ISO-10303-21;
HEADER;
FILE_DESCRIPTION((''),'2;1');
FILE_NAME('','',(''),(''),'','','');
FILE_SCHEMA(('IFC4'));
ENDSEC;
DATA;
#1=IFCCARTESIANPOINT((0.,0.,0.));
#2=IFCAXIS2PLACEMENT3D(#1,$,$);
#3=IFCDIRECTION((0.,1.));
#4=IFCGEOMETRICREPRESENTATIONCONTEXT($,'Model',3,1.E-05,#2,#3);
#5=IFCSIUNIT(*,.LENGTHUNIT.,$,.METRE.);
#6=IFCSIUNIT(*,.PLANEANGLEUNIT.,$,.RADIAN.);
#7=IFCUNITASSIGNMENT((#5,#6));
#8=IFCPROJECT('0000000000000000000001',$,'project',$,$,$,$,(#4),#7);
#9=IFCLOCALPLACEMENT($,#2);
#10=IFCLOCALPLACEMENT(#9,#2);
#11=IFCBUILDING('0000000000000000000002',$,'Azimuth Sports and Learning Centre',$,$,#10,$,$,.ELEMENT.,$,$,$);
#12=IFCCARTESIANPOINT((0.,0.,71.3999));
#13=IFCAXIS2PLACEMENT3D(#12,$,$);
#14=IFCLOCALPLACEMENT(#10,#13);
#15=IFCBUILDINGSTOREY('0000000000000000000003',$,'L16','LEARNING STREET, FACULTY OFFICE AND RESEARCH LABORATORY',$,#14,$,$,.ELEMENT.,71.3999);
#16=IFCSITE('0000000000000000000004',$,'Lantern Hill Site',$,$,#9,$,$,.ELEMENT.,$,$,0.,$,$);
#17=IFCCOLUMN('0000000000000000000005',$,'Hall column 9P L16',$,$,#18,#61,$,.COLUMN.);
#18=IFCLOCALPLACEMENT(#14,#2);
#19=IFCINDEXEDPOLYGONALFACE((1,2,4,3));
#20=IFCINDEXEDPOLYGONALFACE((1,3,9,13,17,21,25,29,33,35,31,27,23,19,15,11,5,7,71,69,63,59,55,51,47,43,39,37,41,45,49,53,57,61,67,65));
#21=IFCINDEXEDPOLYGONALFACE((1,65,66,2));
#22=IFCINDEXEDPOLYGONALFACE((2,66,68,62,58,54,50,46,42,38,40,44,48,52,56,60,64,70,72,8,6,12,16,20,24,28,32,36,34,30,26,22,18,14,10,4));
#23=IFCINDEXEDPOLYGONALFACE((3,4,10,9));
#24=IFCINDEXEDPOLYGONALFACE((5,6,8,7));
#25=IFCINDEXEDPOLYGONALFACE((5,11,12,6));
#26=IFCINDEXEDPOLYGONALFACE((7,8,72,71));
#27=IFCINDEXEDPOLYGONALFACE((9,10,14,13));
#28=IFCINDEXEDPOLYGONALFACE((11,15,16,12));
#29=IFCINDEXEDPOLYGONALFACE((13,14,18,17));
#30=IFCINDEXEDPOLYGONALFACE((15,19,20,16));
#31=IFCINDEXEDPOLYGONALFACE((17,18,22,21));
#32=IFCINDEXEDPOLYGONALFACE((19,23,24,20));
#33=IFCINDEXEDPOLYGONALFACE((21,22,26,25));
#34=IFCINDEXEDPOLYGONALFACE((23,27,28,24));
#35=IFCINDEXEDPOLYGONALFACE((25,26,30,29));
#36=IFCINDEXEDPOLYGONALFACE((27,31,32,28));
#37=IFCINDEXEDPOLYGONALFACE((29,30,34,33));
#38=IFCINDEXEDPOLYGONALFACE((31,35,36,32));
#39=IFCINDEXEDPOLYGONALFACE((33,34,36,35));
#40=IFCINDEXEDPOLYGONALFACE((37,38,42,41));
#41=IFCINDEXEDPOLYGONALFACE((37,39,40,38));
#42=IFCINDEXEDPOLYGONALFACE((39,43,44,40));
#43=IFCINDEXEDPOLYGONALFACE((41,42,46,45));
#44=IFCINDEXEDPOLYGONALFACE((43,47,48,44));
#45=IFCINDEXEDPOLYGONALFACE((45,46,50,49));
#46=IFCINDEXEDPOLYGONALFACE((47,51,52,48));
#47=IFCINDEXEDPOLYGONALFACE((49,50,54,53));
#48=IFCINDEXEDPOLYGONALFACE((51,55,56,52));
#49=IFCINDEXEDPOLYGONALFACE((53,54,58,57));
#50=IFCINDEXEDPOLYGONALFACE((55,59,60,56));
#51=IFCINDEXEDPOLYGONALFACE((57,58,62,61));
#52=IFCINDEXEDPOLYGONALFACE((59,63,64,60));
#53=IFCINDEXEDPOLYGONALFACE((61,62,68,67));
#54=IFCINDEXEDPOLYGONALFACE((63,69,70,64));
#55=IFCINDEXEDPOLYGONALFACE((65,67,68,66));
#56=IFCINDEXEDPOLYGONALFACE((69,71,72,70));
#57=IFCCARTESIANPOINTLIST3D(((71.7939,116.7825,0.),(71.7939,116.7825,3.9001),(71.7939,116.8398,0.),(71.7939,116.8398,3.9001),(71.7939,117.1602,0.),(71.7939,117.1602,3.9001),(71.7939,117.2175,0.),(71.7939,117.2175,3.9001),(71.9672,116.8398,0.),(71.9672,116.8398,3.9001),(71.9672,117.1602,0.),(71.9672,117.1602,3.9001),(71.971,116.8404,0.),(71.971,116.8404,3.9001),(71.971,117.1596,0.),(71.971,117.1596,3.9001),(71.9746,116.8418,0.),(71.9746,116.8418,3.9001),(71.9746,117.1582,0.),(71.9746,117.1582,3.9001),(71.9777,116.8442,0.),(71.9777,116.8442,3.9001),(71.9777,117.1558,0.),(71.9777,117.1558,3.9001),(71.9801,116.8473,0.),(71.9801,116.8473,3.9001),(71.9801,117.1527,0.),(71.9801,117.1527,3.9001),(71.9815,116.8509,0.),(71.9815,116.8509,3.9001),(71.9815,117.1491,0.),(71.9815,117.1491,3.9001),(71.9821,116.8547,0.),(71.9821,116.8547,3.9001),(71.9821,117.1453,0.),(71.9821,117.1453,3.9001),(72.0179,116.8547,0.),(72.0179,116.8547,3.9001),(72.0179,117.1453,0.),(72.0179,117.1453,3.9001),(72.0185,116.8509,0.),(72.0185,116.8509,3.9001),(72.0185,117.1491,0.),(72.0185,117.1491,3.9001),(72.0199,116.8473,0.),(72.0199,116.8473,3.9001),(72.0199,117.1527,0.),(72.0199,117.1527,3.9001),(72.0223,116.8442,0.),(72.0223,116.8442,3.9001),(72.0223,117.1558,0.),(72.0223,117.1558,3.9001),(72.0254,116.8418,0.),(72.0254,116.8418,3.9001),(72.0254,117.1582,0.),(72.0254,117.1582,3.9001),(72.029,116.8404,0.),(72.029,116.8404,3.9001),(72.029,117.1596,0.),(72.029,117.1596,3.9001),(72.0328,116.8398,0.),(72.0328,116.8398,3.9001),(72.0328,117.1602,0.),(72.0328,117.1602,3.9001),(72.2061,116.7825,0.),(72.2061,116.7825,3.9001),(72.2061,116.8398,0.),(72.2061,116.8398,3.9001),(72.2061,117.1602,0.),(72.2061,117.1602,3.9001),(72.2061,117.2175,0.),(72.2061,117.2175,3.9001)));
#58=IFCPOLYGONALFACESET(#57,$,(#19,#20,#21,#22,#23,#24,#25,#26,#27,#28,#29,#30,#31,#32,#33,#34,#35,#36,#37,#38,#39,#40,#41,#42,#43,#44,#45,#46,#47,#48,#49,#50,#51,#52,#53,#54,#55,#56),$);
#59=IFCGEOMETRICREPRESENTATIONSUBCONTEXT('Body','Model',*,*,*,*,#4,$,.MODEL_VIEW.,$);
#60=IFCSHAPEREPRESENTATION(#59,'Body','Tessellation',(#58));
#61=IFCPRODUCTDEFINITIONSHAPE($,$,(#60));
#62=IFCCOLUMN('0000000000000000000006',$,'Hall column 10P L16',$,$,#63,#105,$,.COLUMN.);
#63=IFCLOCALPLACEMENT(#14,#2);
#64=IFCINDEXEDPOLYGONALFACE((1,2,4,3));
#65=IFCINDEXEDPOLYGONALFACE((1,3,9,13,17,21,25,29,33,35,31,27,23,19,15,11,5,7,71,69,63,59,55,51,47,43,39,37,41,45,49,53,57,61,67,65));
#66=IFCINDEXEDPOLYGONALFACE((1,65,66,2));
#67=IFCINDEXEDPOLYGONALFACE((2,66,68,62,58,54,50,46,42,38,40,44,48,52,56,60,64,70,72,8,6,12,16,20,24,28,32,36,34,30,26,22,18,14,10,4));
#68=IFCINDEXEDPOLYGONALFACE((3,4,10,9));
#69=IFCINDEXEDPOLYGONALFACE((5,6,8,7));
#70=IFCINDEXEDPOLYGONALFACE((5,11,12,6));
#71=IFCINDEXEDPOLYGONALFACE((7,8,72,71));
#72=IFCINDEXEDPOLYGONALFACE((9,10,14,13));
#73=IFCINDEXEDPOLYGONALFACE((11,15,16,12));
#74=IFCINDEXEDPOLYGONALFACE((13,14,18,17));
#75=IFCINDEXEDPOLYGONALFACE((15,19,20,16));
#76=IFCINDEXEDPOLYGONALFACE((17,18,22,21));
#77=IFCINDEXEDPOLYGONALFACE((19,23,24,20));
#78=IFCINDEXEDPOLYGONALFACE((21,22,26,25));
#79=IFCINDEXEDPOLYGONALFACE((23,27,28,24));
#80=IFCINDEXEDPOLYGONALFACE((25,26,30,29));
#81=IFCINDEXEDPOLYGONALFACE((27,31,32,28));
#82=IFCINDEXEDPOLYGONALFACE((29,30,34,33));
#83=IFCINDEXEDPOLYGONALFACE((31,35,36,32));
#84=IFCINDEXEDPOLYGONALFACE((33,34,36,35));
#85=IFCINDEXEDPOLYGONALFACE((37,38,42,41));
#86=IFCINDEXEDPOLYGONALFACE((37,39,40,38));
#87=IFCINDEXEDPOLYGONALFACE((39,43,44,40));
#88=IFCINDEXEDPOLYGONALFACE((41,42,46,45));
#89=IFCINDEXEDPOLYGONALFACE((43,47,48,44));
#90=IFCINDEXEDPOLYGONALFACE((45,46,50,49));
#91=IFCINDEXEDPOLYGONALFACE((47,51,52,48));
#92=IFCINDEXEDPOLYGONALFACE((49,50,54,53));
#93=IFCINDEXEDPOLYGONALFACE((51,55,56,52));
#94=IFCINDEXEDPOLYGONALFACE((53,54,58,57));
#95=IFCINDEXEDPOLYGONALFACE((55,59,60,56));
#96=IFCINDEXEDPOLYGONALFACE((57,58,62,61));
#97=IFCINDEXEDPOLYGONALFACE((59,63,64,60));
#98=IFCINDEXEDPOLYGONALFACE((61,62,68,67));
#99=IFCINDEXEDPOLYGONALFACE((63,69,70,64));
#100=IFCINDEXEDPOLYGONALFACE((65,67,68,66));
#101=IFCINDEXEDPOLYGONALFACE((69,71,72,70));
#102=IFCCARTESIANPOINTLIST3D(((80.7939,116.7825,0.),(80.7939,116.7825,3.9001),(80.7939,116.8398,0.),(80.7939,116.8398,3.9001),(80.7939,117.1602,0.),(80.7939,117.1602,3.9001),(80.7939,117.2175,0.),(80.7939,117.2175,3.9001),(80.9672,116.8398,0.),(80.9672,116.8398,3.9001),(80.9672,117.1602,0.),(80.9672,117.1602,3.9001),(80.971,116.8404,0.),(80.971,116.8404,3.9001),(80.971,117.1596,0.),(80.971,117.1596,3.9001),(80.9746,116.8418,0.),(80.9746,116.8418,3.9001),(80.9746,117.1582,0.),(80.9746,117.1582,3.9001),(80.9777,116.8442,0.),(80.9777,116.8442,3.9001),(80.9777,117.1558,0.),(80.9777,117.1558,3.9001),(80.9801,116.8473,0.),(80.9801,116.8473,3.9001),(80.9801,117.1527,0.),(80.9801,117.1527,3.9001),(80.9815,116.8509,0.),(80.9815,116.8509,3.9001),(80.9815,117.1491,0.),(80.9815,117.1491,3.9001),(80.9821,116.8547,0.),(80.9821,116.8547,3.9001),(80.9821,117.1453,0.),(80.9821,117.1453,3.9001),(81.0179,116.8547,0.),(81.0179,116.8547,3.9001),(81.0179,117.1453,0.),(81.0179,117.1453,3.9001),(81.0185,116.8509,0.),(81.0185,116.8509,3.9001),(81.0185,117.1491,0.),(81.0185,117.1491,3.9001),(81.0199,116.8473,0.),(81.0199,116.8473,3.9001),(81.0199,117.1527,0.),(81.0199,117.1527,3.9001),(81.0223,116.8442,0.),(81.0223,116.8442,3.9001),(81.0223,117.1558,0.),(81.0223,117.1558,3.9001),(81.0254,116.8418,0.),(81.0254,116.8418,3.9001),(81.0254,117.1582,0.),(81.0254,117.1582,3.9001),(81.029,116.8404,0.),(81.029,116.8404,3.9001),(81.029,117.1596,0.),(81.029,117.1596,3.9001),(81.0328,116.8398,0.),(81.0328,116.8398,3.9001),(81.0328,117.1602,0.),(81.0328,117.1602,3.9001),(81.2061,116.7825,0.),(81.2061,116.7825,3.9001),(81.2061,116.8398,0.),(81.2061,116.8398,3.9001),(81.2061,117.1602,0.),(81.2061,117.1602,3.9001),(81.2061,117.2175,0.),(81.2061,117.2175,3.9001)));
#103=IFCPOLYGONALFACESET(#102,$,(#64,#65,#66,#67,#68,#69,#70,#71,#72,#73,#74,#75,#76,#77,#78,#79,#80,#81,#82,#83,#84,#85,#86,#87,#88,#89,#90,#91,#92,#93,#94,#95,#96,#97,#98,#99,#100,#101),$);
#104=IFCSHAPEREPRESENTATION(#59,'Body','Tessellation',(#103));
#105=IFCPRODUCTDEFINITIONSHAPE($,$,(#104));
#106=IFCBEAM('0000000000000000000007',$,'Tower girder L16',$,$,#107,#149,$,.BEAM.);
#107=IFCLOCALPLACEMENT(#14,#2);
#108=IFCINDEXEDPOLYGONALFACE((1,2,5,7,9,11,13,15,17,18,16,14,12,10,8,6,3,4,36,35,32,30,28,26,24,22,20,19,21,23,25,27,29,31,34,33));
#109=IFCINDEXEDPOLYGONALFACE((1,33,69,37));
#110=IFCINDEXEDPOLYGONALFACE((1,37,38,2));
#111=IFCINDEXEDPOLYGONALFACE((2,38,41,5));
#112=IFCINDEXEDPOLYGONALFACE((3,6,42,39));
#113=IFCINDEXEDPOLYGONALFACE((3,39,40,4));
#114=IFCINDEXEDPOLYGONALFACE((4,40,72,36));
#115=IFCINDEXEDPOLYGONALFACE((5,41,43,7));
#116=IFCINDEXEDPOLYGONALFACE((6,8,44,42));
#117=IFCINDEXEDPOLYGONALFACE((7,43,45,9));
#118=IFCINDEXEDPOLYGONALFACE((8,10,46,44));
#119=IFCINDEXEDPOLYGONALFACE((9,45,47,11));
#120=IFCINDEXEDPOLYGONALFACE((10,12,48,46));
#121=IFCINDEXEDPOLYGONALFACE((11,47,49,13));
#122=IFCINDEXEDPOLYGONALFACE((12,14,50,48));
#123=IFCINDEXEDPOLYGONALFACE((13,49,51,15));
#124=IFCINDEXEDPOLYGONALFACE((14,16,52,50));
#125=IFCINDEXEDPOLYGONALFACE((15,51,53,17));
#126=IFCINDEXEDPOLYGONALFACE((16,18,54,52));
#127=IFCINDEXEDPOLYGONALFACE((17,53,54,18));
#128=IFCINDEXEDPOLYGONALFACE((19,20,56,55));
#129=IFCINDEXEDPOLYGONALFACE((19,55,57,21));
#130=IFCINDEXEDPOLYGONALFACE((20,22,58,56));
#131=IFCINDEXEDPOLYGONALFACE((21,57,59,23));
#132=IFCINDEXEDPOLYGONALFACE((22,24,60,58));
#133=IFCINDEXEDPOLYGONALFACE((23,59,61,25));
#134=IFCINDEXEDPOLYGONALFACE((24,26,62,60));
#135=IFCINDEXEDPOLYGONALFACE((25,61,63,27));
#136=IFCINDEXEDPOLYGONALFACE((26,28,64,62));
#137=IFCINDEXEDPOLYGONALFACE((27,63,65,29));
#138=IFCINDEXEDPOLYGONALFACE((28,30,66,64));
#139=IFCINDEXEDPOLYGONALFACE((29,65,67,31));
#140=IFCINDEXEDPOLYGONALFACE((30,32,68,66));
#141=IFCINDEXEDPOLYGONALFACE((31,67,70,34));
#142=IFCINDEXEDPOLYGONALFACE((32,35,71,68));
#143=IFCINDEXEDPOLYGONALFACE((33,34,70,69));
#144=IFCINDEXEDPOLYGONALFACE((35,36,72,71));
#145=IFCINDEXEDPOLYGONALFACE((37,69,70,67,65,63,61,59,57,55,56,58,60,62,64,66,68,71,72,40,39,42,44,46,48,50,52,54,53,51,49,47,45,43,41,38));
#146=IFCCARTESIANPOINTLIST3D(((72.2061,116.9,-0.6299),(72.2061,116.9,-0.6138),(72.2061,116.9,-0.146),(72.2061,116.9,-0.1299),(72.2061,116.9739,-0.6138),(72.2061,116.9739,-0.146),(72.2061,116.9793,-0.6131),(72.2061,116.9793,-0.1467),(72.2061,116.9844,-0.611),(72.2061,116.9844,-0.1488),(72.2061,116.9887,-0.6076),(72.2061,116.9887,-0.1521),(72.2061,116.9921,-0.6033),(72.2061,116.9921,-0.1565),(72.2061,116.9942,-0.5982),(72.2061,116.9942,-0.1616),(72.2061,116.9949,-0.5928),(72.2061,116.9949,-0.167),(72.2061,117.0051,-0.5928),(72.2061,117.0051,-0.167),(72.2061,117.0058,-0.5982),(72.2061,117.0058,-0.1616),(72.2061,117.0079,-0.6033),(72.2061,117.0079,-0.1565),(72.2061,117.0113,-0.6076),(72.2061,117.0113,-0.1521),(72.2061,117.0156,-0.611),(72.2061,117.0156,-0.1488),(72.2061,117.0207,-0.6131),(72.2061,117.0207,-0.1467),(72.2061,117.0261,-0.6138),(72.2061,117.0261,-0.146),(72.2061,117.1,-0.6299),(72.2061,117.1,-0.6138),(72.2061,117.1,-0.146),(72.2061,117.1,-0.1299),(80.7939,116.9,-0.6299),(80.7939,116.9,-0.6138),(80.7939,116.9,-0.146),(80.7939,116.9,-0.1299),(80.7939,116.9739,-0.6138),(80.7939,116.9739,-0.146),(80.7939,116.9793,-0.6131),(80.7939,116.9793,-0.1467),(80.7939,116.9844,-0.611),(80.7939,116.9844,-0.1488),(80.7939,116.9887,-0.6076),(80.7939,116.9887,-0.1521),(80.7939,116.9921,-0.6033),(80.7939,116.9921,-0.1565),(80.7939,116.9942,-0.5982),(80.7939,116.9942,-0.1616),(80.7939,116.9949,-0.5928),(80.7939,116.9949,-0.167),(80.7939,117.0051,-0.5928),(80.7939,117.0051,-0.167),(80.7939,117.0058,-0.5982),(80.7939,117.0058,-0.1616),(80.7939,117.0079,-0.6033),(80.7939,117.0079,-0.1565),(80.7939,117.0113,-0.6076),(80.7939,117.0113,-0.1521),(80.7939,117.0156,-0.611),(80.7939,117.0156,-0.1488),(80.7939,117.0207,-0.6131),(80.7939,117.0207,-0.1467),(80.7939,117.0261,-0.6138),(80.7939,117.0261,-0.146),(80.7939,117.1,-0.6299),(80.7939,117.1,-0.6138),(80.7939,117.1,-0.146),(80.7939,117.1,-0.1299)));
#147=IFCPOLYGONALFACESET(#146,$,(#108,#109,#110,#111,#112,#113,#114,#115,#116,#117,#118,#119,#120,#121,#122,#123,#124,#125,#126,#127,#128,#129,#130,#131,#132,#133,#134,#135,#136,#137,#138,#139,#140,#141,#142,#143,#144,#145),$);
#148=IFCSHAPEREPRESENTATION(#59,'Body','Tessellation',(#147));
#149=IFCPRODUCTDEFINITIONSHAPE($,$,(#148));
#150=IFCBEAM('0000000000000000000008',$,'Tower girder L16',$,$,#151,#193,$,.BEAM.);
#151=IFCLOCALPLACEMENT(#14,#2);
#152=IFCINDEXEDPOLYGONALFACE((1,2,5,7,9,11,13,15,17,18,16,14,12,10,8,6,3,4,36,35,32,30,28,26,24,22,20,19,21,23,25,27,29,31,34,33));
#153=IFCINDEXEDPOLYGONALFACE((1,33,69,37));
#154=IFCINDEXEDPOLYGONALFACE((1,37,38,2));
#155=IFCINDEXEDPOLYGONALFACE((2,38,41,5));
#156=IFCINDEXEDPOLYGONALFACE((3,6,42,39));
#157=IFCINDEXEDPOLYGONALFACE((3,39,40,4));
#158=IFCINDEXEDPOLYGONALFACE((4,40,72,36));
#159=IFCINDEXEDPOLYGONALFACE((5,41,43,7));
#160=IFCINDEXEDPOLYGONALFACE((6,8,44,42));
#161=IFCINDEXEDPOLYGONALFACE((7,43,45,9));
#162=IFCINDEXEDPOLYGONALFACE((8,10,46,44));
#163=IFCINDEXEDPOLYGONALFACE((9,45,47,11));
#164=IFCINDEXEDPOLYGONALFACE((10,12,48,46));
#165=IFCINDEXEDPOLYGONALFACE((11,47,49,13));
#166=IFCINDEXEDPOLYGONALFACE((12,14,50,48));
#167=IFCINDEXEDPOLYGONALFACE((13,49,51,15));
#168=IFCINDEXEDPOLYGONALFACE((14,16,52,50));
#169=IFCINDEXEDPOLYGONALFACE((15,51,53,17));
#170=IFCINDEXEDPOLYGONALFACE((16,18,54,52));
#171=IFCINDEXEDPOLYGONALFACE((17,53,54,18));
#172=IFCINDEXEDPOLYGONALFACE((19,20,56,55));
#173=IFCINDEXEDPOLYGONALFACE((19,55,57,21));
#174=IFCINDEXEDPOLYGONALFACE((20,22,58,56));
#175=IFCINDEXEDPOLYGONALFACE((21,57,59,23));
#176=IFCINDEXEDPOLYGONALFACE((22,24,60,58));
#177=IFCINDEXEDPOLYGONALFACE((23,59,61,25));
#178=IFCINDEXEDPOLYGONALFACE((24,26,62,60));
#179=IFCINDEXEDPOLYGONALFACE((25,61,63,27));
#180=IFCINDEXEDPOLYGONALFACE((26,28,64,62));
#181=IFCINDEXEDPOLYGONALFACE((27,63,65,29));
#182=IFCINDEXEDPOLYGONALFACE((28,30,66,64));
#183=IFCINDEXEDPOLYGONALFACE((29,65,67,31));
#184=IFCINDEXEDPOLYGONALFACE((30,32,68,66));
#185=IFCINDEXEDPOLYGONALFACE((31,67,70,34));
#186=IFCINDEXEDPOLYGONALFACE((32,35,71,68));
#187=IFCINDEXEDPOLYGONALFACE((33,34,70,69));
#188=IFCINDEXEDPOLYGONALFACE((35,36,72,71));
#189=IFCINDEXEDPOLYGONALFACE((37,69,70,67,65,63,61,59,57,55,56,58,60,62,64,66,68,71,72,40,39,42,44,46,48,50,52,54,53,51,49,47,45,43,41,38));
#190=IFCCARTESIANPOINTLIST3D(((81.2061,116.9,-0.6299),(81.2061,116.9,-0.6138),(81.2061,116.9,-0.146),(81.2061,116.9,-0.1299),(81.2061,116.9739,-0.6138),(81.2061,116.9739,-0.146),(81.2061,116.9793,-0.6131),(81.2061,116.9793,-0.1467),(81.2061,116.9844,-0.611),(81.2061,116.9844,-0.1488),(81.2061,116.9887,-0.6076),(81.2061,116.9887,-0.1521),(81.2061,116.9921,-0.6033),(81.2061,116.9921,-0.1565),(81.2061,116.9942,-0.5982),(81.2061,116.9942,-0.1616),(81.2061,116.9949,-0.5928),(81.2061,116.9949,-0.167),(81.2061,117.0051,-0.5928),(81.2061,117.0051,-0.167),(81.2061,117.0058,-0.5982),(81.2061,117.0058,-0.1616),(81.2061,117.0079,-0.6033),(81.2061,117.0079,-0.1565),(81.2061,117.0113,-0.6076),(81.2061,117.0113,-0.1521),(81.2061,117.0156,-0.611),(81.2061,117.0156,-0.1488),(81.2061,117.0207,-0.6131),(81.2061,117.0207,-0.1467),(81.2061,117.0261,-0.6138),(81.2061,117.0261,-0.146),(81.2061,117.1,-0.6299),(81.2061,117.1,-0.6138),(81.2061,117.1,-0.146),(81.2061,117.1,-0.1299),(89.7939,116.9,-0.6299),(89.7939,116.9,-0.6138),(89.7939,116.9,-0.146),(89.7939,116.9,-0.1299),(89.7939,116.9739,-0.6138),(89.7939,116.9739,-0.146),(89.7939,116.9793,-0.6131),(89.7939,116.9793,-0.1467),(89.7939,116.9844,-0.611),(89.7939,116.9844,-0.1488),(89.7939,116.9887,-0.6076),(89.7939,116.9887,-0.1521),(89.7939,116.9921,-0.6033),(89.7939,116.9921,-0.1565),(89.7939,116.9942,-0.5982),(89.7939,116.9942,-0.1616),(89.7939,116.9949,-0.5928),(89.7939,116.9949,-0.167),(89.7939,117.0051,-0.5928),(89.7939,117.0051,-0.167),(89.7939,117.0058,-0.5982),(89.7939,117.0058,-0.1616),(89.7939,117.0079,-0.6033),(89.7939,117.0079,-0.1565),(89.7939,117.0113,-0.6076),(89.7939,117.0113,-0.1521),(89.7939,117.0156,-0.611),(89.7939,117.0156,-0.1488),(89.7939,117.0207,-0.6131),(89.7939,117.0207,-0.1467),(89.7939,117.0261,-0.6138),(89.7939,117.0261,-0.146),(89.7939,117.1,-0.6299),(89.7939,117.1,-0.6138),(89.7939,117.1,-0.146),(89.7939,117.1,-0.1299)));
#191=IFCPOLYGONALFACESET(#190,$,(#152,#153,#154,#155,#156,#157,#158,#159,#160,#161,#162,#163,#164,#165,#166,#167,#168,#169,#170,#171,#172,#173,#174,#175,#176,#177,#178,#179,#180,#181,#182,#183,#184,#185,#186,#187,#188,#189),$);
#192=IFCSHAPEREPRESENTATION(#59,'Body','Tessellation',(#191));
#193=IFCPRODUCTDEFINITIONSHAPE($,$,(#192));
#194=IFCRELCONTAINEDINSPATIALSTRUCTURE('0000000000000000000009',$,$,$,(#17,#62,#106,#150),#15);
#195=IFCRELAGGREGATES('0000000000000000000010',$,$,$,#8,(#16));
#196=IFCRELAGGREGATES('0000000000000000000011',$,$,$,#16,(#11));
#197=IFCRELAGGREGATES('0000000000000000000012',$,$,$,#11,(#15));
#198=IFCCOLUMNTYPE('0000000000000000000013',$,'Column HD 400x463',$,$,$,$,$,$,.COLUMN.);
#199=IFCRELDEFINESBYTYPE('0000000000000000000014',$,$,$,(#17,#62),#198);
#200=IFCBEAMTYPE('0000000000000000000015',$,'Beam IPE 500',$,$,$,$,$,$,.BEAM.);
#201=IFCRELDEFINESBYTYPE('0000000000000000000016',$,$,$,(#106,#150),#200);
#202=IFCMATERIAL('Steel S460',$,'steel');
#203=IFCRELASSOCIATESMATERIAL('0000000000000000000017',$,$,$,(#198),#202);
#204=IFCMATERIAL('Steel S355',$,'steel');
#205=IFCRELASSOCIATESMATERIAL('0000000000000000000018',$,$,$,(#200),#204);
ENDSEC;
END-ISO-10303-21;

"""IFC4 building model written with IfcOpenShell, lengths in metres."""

from ifc_helpers import new_model, si_unit, direction, frame, origin, origin_2d, place, context, subcontext, project, spatial, i_section, extrude, material, material_profile, profile_set, type_object, element, save


model = new_model("IFC4")

# Units and contexts
model_context = context("Model", 3, precision=1e-05, world=origin(), true_north=direction((0.0, 1.0)))
body_context = subcontext(model_context, "Body", "Model", "MODEL_VIEW")
ifc_project = project(units=[si_unit("LENGTHUNIT", "METRE"), si_unit("PLANEANGLEUNIT", "RADIAN")], contexts=[model_context])

# Site, building, storey
site_placement = place(None, origin())
site = spatial("IfcSite", under=ifc_project, at=site_placement, Name="Lantern Hill Site", CompositionType="ELEMENT", RefElevation=0.0)
building_placement = place(site_placement, origin())
building = spatial("IfcBuilding", under=site, at=building_placement, Name="Azimuth Sports and Learning Centre", CompositionType="ELEMENT")
storey_placement = place(building_placement, frame((0.0, 0.0, 71.3999)))
storey = spatial("IfcBuildingStorey", under=building, at=storey_placement, Name="L16", Description="LEARNING STREET, FACULTY OFFICE AND RESEARCH LABORATORY", CompositionType="ELEMENT", Elevation=71.3999)

# Columns
ifc_material_1 = material(Name="Steel S460", Category="steel")
ifc_material_profile_1 = material_profile(ifc_material_1, i_section(OverallWidth=0.4121, OverallDepth=0.4351, WebThickness=0.0359, FlangeThickness=0.0574, FilletRadius=0.0149, at=origin_2d()), Name="HD 400x463")
ifc_profile_set_1 = profile_set([ifc_material_profile_1], Name="Steel S460")
column_type = type_object("IfcColumnType", Name="Column HD 400x463", PredefinedType="COLUMN", material=ifc_profile_set_1)
for number, where, z_axis, x_axis, name in (
    (1, (72.0, 117.0, 0.0), (0.0, 0.0, 1.0), (1.0, 0.0, 0.0), "Hall column 9P L16"),
    (2, (81.0, 117.0, 0.0), (0.0, 0.0, 1.0), (1.0, 0.0, 0.0), "Hall column 10P L16"),
):
    element("IfcColumn", number, at=place(storey_placement, frame(where, z_axis=z_axis, x_axis=x_axis)), inside=storey, type_object=column_type, Name=name, PredefinedType="COLUMN", context=body_context, shape_type="SweptSolid", body=[
        extrude(i_section(OverallWidth=0.4121, OverallDepth=0.4351, WebThickness=0.0359, FlangeThickness=0.0574, FilletRadius=0.0149, at=origin_2d()), origin(), (0.0, 0.0, 1.0), 3.9001),
    ])

# Beams
ifc_material_2 = material(Name="Steel S355", Category="steel")
ifc_material_profile_2 = material_profile(ifc_material_2, i_section(OverallWidth=0.2, OverallDepth=0.5, WebThickness=0.0103, FlangeThickness=0.0161, FilletRadius=0.021, at=origin_2d()), Name="IPE 500")
ifc_profile_set_2 = profile_set([ifc_material_profile_2], Name="Steel S355")
beam_type_1 = type_object("IfcBeamType", Name="Beam IPE 500", PredefinedType="BEAM", material=ifc_profile_set_2)
for number, where, z_axis, x_axis, name in (
    (3, (72.2061, 117.0, -0.3799), (1.0, 0.0, 0.0), (0.0, 1.0, 0.0), "Tower girder L16"),
    (4, (81.2061, 117.0, -0.3799), (1.0, 0.0, 0.0), (0.0, 1.0, 0.0), "Tower girder L16"),
):
    element("IfcBeam", number, at=place(storey_placement, frame(where, z_axis=z_axis, x_axis=x_axis)), inside=storey, type_object=beam_type_1, Name=name, PredefinedType="BEAM", context=body_context, shape_type="SweptSolid", body=[
        extrude(i_section(OverallWidth=0.2, OverallDepth=0.5, WebThickness=0.0103, FlangeThickness=0.0161, FilletRadius=0.021, at=origin_2d()), origin(), (0.0, 0.0, 1.0), 8.5879),
    ])

save(model, "model.ifc")
